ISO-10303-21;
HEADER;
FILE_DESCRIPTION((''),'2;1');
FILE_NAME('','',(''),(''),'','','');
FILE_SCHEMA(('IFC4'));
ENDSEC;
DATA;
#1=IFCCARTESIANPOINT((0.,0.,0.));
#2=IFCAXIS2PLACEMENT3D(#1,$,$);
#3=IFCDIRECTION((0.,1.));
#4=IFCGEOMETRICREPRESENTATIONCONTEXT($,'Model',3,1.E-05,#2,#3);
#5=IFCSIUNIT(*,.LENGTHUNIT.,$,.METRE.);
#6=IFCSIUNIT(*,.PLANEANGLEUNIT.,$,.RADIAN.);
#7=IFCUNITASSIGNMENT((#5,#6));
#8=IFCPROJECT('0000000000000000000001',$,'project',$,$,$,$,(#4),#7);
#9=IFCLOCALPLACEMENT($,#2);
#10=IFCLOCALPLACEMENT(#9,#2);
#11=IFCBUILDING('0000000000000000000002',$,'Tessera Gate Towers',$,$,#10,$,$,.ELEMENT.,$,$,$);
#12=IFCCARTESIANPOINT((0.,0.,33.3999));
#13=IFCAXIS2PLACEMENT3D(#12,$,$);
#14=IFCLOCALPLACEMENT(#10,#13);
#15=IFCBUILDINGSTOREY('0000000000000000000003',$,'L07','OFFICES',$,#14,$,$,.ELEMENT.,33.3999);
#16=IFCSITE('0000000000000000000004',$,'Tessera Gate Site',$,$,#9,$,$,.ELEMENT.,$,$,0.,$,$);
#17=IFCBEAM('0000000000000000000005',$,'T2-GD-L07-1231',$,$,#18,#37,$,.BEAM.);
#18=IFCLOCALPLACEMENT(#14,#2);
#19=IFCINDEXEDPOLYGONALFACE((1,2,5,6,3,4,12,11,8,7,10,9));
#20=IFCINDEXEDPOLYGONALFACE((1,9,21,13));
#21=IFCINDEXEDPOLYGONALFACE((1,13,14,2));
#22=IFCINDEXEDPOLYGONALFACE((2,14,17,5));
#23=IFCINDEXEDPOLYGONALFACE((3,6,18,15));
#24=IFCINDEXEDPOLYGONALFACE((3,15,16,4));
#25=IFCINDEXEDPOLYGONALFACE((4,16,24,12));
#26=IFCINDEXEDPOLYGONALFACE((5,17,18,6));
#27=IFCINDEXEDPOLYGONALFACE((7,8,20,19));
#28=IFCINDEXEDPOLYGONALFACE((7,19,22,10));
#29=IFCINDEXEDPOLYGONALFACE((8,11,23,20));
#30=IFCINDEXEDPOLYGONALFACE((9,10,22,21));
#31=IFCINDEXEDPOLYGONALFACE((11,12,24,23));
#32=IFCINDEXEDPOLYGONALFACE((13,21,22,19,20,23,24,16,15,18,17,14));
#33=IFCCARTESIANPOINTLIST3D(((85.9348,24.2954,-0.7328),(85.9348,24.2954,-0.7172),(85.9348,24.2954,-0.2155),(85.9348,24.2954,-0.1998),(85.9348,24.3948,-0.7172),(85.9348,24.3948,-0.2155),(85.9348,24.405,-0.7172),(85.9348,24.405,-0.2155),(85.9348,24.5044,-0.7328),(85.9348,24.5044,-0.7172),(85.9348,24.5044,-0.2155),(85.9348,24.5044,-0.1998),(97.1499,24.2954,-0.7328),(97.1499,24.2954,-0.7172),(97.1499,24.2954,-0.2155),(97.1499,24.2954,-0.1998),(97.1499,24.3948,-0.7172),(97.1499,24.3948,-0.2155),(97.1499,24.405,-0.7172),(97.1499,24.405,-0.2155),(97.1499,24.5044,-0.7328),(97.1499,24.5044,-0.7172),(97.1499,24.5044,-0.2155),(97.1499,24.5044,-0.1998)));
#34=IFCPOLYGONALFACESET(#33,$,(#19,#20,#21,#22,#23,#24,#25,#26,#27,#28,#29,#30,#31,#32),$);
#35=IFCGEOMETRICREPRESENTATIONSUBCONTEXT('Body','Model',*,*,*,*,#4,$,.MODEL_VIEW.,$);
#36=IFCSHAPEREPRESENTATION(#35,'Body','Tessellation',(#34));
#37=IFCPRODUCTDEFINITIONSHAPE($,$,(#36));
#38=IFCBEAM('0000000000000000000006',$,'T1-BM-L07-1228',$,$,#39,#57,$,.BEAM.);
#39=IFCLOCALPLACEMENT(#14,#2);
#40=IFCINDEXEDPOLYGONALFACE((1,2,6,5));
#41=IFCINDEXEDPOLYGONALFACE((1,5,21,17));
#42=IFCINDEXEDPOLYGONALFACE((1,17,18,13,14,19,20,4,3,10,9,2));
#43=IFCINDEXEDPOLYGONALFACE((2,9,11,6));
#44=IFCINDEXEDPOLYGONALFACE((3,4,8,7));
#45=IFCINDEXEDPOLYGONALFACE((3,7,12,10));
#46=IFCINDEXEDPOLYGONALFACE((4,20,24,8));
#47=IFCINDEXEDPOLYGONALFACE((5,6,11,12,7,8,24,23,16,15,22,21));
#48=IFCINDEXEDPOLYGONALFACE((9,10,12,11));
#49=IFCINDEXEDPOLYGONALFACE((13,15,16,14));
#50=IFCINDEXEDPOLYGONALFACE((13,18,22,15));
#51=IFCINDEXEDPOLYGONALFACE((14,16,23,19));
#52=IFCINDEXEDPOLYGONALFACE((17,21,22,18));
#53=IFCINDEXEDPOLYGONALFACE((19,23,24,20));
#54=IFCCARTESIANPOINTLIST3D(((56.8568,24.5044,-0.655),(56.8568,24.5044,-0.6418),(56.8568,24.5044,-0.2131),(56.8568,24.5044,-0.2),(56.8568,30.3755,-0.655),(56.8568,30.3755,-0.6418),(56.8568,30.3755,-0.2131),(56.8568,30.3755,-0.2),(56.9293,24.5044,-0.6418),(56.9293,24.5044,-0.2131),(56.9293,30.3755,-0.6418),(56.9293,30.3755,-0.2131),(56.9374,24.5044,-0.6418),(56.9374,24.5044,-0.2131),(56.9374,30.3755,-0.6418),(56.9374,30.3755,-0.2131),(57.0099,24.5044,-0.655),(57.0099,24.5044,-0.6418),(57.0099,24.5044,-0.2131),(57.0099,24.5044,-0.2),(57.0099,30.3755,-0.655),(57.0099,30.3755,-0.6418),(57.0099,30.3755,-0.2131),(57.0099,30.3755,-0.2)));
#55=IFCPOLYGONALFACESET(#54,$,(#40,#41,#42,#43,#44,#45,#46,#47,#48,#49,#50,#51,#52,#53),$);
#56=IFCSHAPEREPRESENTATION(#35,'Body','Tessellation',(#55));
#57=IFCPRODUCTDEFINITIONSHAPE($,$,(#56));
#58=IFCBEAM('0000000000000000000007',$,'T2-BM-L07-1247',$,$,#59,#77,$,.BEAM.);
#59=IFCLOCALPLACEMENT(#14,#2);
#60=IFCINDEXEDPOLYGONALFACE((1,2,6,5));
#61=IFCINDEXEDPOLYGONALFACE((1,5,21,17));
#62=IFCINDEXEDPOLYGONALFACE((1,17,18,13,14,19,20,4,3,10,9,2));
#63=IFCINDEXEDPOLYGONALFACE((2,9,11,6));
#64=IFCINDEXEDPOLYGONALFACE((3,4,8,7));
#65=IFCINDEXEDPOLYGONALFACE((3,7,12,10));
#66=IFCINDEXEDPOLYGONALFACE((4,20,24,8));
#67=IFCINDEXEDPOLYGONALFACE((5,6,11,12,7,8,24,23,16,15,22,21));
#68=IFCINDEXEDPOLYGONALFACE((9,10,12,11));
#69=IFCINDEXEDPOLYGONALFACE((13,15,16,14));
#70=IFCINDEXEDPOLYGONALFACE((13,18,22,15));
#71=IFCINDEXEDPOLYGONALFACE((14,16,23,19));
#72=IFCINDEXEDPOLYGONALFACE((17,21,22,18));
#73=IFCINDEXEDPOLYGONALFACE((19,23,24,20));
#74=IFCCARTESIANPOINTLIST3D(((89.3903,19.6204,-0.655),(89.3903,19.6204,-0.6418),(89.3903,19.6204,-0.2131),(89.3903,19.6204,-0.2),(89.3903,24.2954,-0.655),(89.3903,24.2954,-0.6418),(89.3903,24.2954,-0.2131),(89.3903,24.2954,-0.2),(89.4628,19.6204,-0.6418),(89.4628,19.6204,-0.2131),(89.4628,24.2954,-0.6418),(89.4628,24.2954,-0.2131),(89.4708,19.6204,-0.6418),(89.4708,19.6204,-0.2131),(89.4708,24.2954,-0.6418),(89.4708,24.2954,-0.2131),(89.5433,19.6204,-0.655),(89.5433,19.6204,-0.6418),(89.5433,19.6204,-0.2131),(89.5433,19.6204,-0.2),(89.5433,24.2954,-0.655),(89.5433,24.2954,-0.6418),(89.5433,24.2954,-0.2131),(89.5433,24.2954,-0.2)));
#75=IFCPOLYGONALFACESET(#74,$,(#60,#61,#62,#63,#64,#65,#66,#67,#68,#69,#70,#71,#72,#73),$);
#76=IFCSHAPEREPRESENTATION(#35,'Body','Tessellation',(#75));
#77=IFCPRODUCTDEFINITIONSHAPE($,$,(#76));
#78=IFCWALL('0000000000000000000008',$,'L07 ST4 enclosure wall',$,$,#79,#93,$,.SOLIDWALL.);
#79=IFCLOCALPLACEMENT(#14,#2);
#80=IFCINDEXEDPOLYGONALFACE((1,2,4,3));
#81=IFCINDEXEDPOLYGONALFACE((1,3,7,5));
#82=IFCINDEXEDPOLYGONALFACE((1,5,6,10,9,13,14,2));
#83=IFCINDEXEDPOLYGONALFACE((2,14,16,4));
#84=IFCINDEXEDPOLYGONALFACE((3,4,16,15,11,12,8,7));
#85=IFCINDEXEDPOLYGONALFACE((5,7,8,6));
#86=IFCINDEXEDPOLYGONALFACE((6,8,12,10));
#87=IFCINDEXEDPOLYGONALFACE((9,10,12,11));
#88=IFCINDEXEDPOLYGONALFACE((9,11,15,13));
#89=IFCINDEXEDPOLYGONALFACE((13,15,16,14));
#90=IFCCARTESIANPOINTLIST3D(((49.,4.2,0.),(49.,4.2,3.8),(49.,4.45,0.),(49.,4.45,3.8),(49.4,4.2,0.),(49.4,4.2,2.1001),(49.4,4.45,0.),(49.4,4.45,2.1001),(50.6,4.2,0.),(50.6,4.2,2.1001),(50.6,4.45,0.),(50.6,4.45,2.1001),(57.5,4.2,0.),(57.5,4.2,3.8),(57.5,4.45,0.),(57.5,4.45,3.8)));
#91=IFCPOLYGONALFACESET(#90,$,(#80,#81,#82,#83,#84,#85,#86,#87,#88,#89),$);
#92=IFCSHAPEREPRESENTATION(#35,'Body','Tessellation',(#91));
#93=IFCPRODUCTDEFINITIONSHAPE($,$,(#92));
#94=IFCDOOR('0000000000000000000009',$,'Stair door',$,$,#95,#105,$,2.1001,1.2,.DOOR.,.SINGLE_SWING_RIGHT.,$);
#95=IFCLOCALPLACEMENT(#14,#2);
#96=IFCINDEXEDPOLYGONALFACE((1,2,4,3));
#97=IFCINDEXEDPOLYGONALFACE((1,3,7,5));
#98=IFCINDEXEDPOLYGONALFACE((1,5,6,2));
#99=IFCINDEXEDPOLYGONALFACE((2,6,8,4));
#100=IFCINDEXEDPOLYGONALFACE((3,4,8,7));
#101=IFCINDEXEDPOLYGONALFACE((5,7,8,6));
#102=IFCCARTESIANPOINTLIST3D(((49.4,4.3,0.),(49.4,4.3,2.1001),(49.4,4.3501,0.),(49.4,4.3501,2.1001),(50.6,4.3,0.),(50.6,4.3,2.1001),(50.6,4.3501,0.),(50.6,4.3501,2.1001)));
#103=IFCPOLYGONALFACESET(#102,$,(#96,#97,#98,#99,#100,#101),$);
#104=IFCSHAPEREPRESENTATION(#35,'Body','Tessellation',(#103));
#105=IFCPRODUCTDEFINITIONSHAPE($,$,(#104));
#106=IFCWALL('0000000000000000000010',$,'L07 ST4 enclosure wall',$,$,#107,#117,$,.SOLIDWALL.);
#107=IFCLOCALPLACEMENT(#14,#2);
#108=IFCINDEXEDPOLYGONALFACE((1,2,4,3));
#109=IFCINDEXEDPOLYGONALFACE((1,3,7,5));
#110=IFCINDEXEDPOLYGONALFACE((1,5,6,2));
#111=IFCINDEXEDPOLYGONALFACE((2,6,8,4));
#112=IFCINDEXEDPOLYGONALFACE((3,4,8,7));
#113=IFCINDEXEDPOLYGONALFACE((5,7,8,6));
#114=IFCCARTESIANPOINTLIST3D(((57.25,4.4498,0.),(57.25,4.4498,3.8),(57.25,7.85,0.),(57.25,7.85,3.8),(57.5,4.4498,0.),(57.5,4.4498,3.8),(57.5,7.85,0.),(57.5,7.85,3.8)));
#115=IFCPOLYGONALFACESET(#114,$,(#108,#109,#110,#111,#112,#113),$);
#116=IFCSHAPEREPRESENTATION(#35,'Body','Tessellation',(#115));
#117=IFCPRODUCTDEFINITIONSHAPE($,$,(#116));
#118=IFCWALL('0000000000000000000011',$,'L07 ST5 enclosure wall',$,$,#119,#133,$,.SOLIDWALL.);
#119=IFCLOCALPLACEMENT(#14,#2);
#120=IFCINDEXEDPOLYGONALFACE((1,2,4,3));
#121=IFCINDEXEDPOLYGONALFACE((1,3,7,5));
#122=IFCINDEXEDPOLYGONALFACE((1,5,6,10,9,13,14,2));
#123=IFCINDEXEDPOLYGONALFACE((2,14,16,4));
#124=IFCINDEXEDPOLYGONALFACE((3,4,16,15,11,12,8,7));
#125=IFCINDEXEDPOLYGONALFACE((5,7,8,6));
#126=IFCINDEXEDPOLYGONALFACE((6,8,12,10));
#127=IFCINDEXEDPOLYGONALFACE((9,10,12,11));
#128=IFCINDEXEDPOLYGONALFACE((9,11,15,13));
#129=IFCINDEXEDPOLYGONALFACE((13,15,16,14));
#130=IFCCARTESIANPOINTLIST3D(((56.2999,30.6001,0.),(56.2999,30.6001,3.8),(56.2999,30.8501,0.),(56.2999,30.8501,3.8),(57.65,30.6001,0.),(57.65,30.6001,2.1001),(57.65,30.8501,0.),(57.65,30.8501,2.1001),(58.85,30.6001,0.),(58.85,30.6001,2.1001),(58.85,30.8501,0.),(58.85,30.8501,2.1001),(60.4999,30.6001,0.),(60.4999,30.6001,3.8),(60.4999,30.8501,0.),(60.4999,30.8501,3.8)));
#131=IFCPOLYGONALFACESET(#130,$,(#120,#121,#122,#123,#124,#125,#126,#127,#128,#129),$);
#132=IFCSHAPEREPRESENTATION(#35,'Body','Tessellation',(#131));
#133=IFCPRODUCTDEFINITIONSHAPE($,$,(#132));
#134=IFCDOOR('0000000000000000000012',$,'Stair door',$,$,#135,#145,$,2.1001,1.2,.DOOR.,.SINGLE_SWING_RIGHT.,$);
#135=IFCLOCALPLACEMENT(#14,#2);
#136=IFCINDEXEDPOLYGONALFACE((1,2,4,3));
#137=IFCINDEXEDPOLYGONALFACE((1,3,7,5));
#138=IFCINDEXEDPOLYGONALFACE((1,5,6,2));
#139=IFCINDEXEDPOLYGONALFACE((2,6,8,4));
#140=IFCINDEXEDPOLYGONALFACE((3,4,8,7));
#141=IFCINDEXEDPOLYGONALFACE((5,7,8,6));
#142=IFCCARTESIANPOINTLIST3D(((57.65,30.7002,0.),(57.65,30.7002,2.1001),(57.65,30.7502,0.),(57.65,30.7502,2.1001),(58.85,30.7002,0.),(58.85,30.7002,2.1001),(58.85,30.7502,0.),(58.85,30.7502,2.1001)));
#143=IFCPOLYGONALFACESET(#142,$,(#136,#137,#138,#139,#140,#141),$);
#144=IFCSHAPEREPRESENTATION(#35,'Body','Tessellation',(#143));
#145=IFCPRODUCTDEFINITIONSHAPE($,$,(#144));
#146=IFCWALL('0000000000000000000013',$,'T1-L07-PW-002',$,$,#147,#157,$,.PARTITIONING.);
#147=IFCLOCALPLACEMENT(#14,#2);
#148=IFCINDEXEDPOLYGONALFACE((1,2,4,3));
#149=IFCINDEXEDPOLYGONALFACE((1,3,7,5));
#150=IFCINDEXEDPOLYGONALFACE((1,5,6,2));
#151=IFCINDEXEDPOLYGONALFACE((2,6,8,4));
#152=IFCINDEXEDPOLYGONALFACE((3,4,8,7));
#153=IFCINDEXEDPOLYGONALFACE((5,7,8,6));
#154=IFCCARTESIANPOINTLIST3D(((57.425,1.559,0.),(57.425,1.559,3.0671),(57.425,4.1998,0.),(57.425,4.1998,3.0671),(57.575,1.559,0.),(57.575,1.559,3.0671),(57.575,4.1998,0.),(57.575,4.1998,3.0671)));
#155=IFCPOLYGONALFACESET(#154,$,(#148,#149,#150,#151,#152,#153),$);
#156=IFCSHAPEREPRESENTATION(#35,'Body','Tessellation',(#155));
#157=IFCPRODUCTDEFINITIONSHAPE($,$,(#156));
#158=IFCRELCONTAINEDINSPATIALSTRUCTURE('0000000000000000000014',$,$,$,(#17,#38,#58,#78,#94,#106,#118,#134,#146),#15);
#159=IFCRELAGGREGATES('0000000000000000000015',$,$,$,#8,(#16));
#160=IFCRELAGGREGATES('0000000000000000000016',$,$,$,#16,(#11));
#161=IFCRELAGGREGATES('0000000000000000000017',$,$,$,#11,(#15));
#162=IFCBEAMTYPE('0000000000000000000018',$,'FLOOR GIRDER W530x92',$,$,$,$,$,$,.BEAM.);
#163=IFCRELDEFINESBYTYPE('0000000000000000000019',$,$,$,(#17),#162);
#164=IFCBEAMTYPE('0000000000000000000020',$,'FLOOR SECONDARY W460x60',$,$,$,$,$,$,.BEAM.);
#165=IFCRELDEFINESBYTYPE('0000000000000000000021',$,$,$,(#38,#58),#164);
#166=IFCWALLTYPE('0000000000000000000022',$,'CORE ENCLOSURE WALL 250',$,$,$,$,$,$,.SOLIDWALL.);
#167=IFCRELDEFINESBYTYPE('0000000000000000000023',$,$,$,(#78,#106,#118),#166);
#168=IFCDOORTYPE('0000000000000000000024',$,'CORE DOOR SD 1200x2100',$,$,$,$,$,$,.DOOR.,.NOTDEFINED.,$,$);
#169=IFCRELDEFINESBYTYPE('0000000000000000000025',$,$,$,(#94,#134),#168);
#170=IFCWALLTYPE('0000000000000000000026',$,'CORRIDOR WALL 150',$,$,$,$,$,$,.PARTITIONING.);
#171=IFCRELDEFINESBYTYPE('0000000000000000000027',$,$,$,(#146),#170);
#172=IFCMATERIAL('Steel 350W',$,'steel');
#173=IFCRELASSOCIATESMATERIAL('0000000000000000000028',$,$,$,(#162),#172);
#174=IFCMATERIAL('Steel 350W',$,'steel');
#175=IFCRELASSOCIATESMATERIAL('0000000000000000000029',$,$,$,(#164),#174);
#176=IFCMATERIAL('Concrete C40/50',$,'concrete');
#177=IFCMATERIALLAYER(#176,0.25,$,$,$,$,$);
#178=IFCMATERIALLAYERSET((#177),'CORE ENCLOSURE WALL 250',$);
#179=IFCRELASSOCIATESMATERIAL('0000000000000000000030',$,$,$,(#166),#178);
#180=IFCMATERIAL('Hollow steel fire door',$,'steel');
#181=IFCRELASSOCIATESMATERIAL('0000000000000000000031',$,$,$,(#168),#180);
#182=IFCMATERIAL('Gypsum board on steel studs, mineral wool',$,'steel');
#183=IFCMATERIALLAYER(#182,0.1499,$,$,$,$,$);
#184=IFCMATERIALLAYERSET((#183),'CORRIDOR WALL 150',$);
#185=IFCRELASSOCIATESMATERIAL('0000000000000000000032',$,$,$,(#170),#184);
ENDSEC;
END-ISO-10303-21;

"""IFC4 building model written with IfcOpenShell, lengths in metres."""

from ifc_helpers import new_model, si_unit, direction, frame, frame_2d, origin, origin_2d, place, context, subcontext, project, spatial, rectangle, i_section, extrude, source, transform, mapped, material, layer, layer_set, material_profile, profile_set, type_object, element, fill, save


model = new_model("IFC4")

# Units and contexts
model_context = context("Model", 3, precision=1e-05, world=origin(), true_north=direction((0.0, 1.0)))
body_context = subcontext(model_context, "Body", "Model", "MODEL_VIEW")
ifc_project = project(units=[si_unit("LENGTHUNIT", "METRE"), si_unit("PLANEANGLEUNIT", "RADIAN")], contexts=[model_context])

# Site, building, storey
site_placement = place(None, origin())
site = spatial("IfcSite", under=ifc_project, at=site_placement, Name="Tessera Gate Site", CompositionType="ELEMENT", RefElevation=0.0)
building_placement = place(site_placement, origin())
building = spatial("IfcBuilding", under=site, at=building_placement, Name="Tessera Gate Towers", CompositionType="ELEMENT")
storey_placement = place(building_placement, frame((0.0, 0.0, 33.3999)))
storey = spatial("IfcBuildingStorey", under=building, at=storey_placement, Name="L07", Description="OFFICES", CompositionType="ELEMENT", Elevation=33.3999)

# Beams
ifc_material_1 = material(Name="Steel 350W", Category="steel")
ifc_material_profile_1 = material_profile(ifc_material_1, i_section(OverallWidth=0.209, OverallDepth=0.533, WebThickness=0.0103, FlangeThickness=0.0156, at=origin_2d()), Name="W530x92")
ifc_profile_set_1 = profile_set([ifc_material_profile_1], Name="Steel 350W")
beam_type_1 = type_object("IfcBeamType", Name="FLOOR GIRDER W530x92", PredefinedType="BEAM", material=ifc_profile_set_1)
beam_1_placement = place(storey_placement, frame((85.9348, 24.3999, -0.4663), z_axis=(1.0, 0.0, 0.0), x_axis=(0.0, 1.0, 0.0)))
element("IfcBeam", 1, at=beam_1_placement, inside=storey, type_object=beam_type_1, Name="T2-GD-L07-1231", PredefinedType="BEAM", context=body_context, shape_type="SweptSolid", body=[
    extrude(i_section(OverallWidth=0.209, OverallDepth=0.533, WebThickness=0.0103, FlangeThickness=0.0156, at=origin_2d()), origin(), (0.0, 0.0, 1.0), 11.2151),
])
ifc_material_2 = material(Name="Steel 350W", Category="steel")
ifc_material_profile_2 = material_profile(ifc_material_2, i_section(OverallWidth=0.1531, OverallDepth=0.4551, WebThickness=0.0081, FlangeThickness=0.0132, at=origin_2d()), Name="W460x60")
ifc_profile_set_2 = profile_set([ifc_material_profile_2], Name="Steel 350W")
beam_type_2 = type_object("IfcBeamType", Name="FLOOR SECONDARY W460x60", PredefinedType="BEAM", material=ifc_profile_set_2)
beam_2_placement = place(storey_placement, frame((56.9333, 24.5044, -0.4275), z_axis=(0.0, 1.0, 0.0), x_axis=(-1.0, 0.0, 0.0)))
element("IfcBeam", 2, at=beam_2_placement, inside=storey, type_object=beam_type_2, Name="T1-BM-L07-1228", PredefinedType="BEAM", context=body_context, shape_type="SweptSolid", body=[
    extrude(i_section(OverallWidth=0.1531, OverallDepth=0.4551, WebThickness=0.0081, FlangeThickness=0.0132, at=origin_2d()), origin(), (0.0, 0.0, 1.0), 5.8711),
])
beam_3_placement = place(storey_placement, frame((89.4668, 19.6204, -0.4275), z_axis=(0.0, 1.0, 0.0), x_axis=(-1.0, 0.0, 0.0)))
element("IfcBeam", 3, at=beam_3_placement, inside=storey, type_object=beam_type_2, Name="T2-BM-L07-1247", PredefinedType="BEAM", context=body_context, shape_type="SweptSolid", body=[
    extrude(i_section(OverallWidth=0.1531, OverallDepth=0.4551, WebThickness=0.0081, FlangeThickness=0.0132, at=origin_2d()), origin(), (0.0, 0.0, 1.0), 4.675),
])

# Wall, opening, door
ifc_material_3 = material(Name="Concrete C40/50", Category="concrete")
ifc_layer_1 = layer(ifc_material_3, 0.25)
ifc_layer_set_1 = layer_set([ifc_layer_1], Name="CORE ENCLOSURE WALL 250")
wall_type_1 = type_object("IfcWallType", Name="CORE ENCLOSURE WALL 250", PredefinedType="SOLIDWALL", material=ifc_layer_set_1)
wall_1_placement = place(storey_placement, frame((57.5, 4.325, 0.0), z_axis=(0.0, 0.0, 1.0), x_axis=(-1.0, 0.0, 0.0)))
wall_1 = element("IfcWall", 4, at=wall_1_placement, inside=storey, type_object=wall_type_1, Name="L07 ST4 enclosure wall", PredefinedType="SOLIDWALL", context=body_context, shape_type="SweptSolid", body=[
    extrude(rectangle(XDim=8.5, YDim=0.25, at=frame_2d((4.25, 0.0))), origin(), (0.0, 0.0, 1.0), 3.8),
])
shared_shape_1 = source(origin(), body_context, "Body", "SweptSolid", [
    extrude(rectangle(XDim=1.2, YDim=2.1001, at=frame_2d((0.6001, 1.05))), frame((0.0, 0.135, 0.0), z_axis=(0.0, -1.0, 0.0), x_axis=(1.0, 0.0, 0.0)), (0.0, 0.0, 1.0), 0.27),
])
opening_1_placement = place(wall_1_placement, frame((6.8999, 0.0, 0.0)))
opening_1 = element("IfcOpeningElement", 5, at=opening_1_placement, cuts=wall_1, PredefinedType="OPENING", context=body_context, shape_type="MappedRepresentation", body=[
    mapped(shared_shape_1, transform((0.0, 0.0, 0.0), scale=1.0)),
])
ifc_material_4 = material(Name="Hollow steel fire door", Category="steel")
door_type_1 = type_object("IfcDoorType", Name="CORE DOOR SD 1200x2100", OperationType="NOTDEFINED", PredefinedType="DOOR", material=ifc_material_4)
shared_shape_2 = source(origin(), body_context, "Body", "SweptSolid", [
    extrude(rectangle(XDim=1.2, YDim=2.1001, at=frame_2d((0.6001, 1.05))), frame((0.0, 0.0249, 0.0), z_axis=(0.0, -1.0, 0.0), x_axis=(1.0, 0.0, 0.0)), (0.0, 0.0, 1.0), 0.05),
])
door_1_placement = place(opening_1_placement, origin())
door_1 = element("IfcDoor", 6, at=door_1_placement, inside=storey, type_object=door_type_1, Name="Stair door", OperationType="SINGLE_SWING_RIGHT", OverallHeight=2.1001, OverallWidth=1.2, PredefinedType="DOOR", context=body_context, shape_type="MappedRepresentation", body=[
    mapped(shared_shape_2, transform((0.0, 0.0, 0.0), scale=1.0)),
])
fill(opening_1, door_1)

# Wall
wall_2_placement = place(storey_placement, frame((57.375, 7.8501, 0.0), z_axis=(0.0, 0.0, 1.0), x_axis=(0.0, -1.0, 0.0)))
element("IfcWall", 7, at=wall_2_placement, inside=storey, type_object=wall_type_1, Name="L07 ST4 enclosure wall", PredefinedType="SOLIDWALL", context=body_context, shape_type="SweptSolid", body=[
    extrude(rectangle(XDim=3.4001, YDim=0.25, at=frame_2d((1.7002, 0.0))), origin(), (0.0, 0.0, 1.0), 3.8),
])

# Wall, opening, door
wall_3_placement = place(storey_placement, frame((60.5, 30.7251, 0.0), z_axis=(0.0, 0.0, 1.0), x_axis=(-1.0, 0.0, 0.0)))
wall_3 = element("IfcWall", 8, at=wall_3_placement, inside=storey, type_object=wall_type_1, Name="L07 ST5 enclosure wall", PredefinedType="SOLIDWALL", context=body_context, shape_type="SweptSolid", body=[
    extrude(rectangle(XDim=4.2, YDim=0.25, at=frame_2d((2.1001, 0.0))), origin(), (0.0, 0.0, 1.0), 3.8),
])
opening_2_placement = place(wall_3_placement, frame((1.6499, 0.0, 0.0)))
opening_2 = element("IfcOpeningElement", 9, at=opening_2_placement, cuts=wall_3, PredefinedType="OPENING", context=body_context, shape_type="MappedRepresentation", body=[
    mapped(shared_shape_1, transform((0.0, 0.0, 0.0), scale=1.0)),
])
door_2_placement = place(opening_2_placement, origin())
door_2 = element("IfcDoor", 10, at=door_2_placement, inside=storey, type_object=door_type_1, Name="Stair door", OperationType="SINGLE_SWING_RIGHT", OverallHeight=2.1001, OverallWidth=1.2, PredefinedType="DOOR", context=body_context, shape_type="MappedRepresentation", body=[
    mapped(shared_shape_2, transform((0.0, 0.0, 0.0), scale=1.0)),
])
fill(opening_2, door_2)

# Wall
ifc_material_5 = material(Name="Gypsum board on steel studs, mineral wool", Category="steel")
ifc_layer_2 = layer(ifc_material_5, 0.1499)
ifc_layer_set_2 = layer_set([ifc_layer_2], Name="CORRIDOR WALL 150")
wall_type_2 = type_object("IfcWallType", Name="CORRIDOR WALL 150", PredefinedType="PARTITIONING", material=ifc_layer_set_2)
wall_4_placement = place(storey_placement, frame((57.5, 1.5591, 0.0), z_axis=(0.0, 0.0, 1.0), x_axis=(0.0, 1.0, 0.0)))
element("IfcWall", 11, at=wall_4_placement, inside=storey, type_object=wall_type_2, Name="T1-L07-PW-002", PredefinedType="PARTITIONING", context=body_context, shape_type="SweptSolid", body=[
    extrude(rectangle(XDim=2.6409, YDim=0.1499, at=frame_2d((1.3203, 0.0))), origin(), (0.0, 0.0, 1.0), 3.0671),
])

save(model, "model.ifc")
